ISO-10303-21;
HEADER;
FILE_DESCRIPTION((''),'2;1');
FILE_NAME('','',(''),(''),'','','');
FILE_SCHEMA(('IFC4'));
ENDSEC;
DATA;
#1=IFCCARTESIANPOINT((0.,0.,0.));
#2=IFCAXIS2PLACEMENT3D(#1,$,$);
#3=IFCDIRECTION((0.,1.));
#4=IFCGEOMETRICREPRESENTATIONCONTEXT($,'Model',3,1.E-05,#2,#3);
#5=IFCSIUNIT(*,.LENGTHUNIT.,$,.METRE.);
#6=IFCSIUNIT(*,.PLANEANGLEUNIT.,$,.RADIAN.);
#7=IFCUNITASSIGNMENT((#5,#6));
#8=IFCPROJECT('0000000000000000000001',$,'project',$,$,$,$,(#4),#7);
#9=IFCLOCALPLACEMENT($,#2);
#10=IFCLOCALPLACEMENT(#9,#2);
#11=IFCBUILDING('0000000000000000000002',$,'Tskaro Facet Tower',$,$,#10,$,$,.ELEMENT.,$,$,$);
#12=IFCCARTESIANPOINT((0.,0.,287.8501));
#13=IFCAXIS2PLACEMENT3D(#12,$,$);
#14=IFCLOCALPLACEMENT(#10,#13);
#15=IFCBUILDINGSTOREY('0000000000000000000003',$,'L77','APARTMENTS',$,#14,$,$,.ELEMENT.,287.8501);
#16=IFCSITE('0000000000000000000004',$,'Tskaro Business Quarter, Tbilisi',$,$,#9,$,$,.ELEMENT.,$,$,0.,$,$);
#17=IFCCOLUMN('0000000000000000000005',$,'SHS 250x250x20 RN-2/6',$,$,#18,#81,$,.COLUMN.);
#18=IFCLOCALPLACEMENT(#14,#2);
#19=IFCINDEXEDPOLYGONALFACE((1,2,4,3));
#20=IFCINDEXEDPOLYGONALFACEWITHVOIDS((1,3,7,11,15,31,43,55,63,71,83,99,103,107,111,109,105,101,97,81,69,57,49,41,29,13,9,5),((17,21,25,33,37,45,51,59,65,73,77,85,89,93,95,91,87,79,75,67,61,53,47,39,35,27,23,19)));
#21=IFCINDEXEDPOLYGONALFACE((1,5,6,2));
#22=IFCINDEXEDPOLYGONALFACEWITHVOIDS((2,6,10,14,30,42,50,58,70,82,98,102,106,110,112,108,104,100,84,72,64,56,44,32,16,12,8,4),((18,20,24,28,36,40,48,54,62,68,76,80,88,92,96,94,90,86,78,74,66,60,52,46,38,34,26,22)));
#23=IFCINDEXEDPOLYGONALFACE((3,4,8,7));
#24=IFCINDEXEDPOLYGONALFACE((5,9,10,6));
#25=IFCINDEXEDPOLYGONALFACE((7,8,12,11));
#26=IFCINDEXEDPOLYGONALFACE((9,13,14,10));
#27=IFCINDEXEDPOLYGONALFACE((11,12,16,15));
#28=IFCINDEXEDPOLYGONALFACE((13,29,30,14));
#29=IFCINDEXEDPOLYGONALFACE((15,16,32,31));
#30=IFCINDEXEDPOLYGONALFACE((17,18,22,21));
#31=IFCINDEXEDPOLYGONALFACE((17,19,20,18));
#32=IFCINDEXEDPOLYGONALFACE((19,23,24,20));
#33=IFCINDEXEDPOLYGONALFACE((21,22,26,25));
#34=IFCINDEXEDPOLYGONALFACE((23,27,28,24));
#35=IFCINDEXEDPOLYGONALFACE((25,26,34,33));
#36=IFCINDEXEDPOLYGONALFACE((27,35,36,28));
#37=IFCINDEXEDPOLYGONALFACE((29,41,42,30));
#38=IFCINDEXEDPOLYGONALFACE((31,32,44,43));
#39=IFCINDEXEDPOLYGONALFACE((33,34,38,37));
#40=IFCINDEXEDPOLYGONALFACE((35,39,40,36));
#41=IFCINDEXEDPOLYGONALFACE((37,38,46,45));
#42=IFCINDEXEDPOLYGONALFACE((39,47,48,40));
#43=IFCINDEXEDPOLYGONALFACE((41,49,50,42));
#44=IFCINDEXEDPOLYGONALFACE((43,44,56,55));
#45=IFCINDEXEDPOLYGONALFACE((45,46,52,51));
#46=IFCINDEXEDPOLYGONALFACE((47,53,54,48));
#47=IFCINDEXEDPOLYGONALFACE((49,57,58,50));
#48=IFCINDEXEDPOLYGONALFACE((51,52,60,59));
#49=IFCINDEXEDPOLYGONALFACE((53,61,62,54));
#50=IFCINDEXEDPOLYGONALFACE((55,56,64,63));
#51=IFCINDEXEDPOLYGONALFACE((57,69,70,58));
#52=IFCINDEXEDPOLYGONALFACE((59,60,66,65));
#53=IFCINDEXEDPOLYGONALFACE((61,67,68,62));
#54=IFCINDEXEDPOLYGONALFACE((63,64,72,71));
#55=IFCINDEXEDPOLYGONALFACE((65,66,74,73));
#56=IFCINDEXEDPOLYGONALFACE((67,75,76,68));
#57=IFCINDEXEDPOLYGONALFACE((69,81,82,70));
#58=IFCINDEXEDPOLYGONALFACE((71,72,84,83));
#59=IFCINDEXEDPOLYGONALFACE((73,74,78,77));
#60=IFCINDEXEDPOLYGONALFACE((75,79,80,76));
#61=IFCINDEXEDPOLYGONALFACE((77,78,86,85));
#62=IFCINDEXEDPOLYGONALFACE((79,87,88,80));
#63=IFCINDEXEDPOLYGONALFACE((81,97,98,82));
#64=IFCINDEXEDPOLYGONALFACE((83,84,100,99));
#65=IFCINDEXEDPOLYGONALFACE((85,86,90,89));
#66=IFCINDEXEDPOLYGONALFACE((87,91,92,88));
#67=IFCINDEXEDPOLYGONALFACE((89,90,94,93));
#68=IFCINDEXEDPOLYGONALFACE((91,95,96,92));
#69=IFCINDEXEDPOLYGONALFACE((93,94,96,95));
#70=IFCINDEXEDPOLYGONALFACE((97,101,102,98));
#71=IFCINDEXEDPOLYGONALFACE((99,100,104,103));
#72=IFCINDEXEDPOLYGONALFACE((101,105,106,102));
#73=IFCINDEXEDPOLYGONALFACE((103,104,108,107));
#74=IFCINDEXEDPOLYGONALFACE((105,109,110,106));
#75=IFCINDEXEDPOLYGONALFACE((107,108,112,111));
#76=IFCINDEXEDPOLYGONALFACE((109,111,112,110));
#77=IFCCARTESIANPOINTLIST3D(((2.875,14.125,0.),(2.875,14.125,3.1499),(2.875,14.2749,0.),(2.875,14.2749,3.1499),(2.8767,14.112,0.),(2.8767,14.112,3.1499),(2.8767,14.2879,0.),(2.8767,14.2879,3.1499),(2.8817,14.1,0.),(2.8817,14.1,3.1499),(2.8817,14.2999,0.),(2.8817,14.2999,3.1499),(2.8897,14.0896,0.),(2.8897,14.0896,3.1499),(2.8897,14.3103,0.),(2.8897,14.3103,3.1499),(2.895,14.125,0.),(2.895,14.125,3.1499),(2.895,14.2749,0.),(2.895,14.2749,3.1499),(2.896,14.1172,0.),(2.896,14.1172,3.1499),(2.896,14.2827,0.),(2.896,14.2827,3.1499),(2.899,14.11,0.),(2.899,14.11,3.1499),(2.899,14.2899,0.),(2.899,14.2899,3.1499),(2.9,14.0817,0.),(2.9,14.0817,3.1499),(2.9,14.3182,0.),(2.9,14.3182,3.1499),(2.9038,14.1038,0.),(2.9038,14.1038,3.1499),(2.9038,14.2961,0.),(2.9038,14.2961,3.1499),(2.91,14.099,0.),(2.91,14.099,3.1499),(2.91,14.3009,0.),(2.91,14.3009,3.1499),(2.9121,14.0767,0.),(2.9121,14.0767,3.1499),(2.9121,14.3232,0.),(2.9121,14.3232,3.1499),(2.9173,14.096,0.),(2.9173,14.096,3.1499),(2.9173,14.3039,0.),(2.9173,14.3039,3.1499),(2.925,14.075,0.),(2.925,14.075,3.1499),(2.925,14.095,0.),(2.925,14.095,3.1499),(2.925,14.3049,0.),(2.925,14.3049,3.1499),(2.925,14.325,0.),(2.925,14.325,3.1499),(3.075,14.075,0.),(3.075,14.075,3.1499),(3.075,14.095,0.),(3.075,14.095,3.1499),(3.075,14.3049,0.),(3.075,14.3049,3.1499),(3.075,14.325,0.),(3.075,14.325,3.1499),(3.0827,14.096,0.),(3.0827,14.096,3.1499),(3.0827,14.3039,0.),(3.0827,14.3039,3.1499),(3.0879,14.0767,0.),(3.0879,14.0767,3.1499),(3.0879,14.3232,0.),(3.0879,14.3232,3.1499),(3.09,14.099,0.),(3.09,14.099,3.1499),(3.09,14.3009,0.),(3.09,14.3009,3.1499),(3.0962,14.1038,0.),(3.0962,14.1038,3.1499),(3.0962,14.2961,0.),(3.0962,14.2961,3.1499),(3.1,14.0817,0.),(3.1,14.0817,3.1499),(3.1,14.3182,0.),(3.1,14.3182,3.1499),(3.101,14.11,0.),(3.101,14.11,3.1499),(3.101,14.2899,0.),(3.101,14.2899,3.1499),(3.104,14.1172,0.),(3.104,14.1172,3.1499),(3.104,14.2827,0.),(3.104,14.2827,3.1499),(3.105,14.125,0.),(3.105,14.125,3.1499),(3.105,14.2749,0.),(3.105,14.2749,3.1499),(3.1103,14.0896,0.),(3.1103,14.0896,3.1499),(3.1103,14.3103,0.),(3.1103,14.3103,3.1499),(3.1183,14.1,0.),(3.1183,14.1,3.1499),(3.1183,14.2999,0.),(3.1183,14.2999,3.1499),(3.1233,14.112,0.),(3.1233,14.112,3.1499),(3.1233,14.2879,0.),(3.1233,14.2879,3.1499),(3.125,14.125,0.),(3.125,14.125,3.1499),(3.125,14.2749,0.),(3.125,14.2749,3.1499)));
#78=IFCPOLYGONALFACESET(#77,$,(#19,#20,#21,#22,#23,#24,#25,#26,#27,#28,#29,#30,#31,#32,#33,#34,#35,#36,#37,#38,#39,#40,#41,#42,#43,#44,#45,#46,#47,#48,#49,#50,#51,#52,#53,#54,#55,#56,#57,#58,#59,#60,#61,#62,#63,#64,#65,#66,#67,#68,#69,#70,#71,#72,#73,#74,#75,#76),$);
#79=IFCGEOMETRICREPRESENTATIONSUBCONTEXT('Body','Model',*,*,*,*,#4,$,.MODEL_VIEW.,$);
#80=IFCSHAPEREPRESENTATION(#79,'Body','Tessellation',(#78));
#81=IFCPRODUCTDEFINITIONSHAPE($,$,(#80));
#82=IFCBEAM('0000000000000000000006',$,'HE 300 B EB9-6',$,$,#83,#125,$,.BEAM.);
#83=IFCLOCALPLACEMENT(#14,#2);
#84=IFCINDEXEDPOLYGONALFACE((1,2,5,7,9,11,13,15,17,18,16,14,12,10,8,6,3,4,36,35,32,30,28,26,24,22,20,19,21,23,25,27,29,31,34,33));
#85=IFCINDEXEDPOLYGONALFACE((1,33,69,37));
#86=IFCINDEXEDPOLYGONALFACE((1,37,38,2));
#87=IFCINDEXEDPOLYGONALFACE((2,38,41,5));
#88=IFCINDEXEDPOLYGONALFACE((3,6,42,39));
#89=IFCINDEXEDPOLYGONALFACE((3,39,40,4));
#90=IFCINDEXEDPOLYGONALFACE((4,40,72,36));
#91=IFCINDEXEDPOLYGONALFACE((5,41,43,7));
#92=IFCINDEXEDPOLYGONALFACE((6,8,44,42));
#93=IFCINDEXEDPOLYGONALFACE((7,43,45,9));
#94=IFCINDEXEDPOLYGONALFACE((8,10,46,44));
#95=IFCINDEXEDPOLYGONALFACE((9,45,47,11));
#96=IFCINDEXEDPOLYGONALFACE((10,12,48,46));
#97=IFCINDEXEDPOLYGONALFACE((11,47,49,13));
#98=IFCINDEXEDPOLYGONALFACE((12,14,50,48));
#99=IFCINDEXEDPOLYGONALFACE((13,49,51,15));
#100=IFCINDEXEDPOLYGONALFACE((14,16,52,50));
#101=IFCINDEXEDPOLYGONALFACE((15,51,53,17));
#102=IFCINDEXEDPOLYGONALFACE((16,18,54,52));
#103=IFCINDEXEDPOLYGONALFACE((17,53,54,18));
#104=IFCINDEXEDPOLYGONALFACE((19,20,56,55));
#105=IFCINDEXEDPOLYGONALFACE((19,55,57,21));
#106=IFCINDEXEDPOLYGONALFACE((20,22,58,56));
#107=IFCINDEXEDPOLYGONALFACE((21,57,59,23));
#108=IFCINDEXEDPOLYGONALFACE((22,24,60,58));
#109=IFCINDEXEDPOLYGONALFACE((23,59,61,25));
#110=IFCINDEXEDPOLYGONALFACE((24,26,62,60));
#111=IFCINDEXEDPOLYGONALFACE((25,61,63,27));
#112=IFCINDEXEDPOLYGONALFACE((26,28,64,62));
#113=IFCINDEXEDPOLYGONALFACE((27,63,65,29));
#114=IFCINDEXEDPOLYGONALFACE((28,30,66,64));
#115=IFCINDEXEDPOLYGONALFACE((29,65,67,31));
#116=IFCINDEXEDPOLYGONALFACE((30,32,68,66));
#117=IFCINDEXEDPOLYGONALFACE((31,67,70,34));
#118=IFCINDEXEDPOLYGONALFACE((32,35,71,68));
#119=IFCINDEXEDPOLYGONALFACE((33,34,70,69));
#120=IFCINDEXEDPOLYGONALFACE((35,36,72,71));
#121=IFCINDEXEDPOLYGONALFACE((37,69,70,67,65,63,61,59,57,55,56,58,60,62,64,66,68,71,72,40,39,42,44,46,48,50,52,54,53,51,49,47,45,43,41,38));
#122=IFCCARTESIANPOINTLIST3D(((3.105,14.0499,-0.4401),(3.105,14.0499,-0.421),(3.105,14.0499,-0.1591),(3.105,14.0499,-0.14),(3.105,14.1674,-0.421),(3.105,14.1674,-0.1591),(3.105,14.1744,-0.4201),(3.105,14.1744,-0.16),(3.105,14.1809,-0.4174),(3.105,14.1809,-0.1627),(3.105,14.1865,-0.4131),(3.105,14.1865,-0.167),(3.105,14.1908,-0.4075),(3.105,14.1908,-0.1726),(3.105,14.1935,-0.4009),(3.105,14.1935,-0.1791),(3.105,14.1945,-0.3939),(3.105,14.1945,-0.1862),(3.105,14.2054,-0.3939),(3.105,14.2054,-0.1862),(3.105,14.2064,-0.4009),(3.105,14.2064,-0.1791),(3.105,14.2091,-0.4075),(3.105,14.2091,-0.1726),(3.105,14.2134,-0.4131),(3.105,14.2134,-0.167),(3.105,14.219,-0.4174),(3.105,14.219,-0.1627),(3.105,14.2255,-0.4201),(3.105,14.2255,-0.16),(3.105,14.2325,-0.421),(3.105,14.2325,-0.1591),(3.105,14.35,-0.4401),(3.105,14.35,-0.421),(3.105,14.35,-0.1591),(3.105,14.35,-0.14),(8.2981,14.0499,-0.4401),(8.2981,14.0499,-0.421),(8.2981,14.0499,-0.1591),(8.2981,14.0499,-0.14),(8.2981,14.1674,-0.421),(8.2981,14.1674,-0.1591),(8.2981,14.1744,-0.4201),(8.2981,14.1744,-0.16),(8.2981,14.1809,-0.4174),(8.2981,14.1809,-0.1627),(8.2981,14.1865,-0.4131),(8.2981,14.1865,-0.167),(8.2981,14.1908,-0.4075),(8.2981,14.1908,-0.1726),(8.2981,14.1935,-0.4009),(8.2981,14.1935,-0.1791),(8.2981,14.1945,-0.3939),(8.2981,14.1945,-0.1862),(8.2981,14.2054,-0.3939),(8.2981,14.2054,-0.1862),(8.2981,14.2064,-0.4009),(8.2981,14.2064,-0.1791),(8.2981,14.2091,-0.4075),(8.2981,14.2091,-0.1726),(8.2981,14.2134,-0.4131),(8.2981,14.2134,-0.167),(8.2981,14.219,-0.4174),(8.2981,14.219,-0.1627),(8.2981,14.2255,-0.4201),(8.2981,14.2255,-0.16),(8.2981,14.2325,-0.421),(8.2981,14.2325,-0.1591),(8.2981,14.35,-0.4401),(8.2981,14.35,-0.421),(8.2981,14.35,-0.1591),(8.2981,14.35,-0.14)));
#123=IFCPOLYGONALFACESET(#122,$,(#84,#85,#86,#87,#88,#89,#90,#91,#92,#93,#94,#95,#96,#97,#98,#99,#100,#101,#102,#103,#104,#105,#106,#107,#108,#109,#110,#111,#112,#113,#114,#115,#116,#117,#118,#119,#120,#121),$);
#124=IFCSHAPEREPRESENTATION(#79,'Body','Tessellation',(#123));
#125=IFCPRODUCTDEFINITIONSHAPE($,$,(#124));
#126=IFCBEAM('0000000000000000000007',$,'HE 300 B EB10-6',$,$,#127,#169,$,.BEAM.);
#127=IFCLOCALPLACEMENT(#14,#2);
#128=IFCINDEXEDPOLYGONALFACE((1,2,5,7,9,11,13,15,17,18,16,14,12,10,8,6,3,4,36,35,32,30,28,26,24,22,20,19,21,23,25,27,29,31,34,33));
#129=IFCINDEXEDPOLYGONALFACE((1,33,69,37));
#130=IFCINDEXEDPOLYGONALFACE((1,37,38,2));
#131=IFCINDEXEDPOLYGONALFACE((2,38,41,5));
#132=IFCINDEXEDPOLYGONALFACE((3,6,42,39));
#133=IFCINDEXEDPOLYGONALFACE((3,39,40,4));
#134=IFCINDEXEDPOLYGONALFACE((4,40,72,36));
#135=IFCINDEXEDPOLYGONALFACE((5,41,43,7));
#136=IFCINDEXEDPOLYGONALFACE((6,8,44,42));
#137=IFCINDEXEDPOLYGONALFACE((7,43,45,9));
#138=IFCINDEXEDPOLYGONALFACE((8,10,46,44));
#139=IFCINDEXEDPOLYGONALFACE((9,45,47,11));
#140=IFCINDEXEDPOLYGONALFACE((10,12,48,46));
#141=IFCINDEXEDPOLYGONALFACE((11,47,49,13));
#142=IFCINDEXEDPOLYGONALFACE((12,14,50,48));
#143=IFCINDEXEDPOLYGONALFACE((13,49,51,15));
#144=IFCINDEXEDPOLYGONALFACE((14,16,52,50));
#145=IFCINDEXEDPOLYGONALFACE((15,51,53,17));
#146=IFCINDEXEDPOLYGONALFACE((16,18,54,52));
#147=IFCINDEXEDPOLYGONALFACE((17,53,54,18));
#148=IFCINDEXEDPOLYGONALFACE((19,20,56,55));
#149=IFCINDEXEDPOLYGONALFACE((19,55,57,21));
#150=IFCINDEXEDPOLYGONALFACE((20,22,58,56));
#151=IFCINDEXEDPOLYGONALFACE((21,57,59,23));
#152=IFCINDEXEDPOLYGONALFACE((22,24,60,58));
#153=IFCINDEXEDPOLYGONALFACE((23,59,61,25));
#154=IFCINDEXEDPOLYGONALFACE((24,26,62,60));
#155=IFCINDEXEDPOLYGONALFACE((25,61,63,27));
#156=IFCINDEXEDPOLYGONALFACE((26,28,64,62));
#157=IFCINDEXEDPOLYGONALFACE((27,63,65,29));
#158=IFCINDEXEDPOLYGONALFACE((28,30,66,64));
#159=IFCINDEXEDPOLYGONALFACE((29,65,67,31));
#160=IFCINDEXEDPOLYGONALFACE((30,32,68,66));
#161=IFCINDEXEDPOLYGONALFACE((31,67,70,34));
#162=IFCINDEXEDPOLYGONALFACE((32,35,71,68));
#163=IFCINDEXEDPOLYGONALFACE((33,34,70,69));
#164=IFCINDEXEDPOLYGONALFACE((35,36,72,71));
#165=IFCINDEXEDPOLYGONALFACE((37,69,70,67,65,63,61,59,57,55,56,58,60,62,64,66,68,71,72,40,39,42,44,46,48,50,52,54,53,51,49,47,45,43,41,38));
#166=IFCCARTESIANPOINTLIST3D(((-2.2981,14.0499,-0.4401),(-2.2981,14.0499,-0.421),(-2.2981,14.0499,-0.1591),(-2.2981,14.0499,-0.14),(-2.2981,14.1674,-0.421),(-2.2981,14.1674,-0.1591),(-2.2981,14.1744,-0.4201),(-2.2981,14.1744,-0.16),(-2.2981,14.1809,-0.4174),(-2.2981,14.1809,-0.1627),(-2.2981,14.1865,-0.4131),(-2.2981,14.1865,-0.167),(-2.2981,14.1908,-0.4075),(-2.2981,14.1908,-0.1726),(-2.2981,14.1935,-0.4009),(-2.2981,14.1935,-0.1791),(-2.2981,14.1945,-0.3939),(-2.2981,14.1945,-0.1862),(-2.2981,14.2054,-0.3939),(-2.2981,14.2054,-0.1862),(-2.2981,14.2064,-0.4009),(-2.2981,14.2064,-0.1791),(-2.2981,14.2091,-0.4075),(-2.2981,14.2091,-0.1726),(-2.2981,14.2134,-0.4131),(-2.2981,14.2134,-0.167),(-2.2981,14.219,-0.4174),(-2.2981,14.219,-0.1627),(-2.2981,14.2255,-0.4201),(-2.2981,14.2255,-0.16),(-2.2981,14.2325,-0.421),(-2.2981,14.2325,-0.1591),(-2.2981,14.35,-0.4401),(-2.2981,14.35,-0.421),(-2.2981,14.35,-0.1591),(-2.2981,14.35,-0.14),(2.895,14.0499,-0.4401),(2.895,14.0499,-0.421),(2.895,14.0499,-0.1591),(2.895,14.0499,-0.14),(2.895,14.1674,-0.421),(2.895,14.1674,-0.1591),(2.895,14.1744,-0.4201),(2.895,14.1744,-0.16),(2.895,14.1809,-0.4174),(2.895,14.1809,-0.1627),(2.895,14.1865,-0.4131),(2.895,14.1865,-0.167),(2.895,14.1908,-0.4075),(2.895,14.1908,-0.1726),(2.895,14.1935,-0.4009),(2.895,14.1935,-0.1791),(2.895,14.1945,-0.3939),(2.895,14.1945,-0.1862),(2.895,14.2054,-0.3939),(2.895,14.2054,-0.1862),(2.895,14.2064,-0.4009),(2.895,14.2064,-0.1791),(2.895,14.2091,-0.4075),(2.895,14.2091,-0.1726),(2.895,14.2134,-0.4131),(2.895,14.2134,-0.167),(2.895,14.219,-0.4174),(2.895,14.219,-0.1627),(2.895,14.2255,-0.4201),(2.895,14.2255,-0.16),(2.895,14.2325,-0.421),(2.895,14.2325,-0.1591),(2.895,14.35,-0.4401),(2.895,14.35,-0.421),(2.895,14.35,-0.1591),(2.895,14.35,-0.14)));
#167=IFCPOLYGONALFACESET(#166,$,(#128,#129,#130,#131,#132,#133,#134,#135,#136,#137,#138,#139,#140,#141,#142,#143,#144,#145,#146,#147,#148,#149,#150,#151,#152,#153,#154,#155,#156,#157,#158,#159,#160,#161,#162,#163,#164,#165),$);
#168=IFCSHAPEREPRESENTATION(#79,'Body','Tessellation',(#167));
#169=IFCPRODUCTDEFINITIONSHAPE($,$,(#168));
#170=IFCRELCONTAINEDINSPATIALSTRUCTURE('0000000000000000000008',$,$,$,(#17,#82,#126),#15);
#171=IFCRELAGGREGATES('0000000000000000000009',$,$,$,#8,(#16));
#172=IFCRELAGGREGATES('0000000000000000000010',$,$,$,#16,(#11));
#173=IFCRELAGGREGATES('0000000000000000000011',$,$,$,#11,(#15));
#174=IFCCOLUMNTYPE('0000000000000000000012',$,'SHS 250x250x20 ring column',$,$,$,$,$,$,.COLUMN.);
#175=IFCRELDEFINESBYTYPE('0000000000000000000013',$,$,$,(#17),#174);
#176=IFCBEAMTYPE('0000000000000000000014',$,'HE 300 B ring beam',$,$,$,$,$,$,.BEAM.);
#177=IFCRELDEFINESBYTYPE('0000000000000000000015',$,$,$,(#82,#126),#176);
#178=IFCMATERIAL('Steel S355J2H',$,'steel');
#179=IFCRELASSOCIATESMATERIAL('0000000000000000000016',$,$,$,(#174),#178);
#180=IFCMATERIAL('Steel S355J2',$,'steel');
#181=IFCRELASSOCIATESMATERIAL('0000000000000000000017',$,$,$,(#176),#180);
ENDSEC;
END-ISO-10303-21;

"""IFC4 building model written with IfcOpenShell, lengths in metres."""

from ifc_helpers import new_model, si_unit, direction, frame, origin, origin_2d, place, context, subcontext, project, spatial, hollow_rectangle, i_section, extrude, material, material_profile, profile_set, type_object, element, save


model = new_model("IFC4")

# Units and contexts
model_context = context("Model", 3, precision=1e-05, world=origin(), true_north=direction((0.0, 1.0)))
body_context = subcontext(model_context, "Body", "Model", "MODEL_VIEW")
ifc_project = project(units=[si_unit("LENGTHUNIT", "METRE"), si_unit("PLANEANGLEUNIT", "RADIAN")], contexts=[model_context])

# Site, building, storey
site_placement = place(None, origin())
site = spatial("IfcSite", under=ifc_project, at=site_placement, Name="Tskaro Business Quarter, Tbilisi", CompositionType="ELEMENT", RefElevation=0.0)
building_placement = place(site_placement, origin())
building = spatial("IfcBuilding", under=site, at=building_placement, Name="Tskaro Facet Tower", CompositionType="ELEMENT")
storey_placement = place(building_placement, frame((0.0, 0.0, 287.8501)))
storey = spatial("IfcBuildingStorey", under=building, at=storey_placement, Name="L77", Description="APARTMENTS", CompositionType="ELEMENT", Elevation=287.8501)

# Column
ifc_material_1 = material(Name="Steel S355J2H", Category="steel")
ifc_material_profile_1 = material_profile(ifc_material_1, hollow_rectangle(XDim=0.25, YDim=0.25, WallThickness=0.02, InnerFilletRadius=0.03, OuterFilletRadius=0.05, at=origin_2d()), Name="SHS 250x250x20")
ifc_profile_set_1 = profile_set([ifc_material_profile_1], Name="Steel S355J2H")
column_type = type_object("IfcColumnType", Name="SHS 250x250x20 ring column", PredefinedType="COLUMN", material=ifc_profile_set_1)
column_placement = place(storey_placement, frame((3.0, 14.2, 0.0), z_axis=(0.0, 0.0, 1.0), x_axis=(1.0, 0.0, 0.0)))
element("IfcColumn", 1, at=column_placement, inside=storey, type_object=column_type, Name="SHS 250x250x20 RN-2/6", PredefinedType="COLUMN", context=body_context, shape_type="SweptSolid", body=[
    extrude(hollow_rectangle(XDim=0.25, YDim=0.25, WallThickness=0.02, InnerFilletRadius=0.03, OuterFilletRadius=0.05, at=origin_2d()), origin(), (0.0, 0.0, 1.0), 3.1499),
])

# Beams
ifc_material_2 = material(Name="Steel S355J2", Category="steel")
ifc_material_profile_2 = material_profile(ifc_material_2, i_section(OverallWidth=0.3, OverallDepth=0.3, WebThickness=0.011, FlangeThickness=0.019, FilletRadius=0.0271, at=origin_2d()), Name="HE 300 B")
ifc_profile_set_2 = profile_set([ifc_material_profile_2], Name="Steel S355J2")
beam_type_1 = type_object("IfcBeamType", Name="HE 300 B ring beam", PredefinedType="BEAM", material=ifc_profile_set_2)
for number, where, z_axis, x_axis, name in (
    (2, (8.2981, 14.2, -0.29), (-1.0, 0.0, 0.0), (0.0, -1.0, 0.0), "HE 300 B EB9-6"),
    (3, (2.895, 14.2, -0.29), (-1.0, 0.0, 0.0), (0.0, -1.0, 0.0), "HE 300 B EB10-6"),
):
    element("IfcBeam", number, at=place(storey_placement, frame(where, z_axis=z_axis, x_axis=x_axis)), inside=storey, type_object=beam_type_1, Name=name, PredefinedType="BEAM", context=body_context, shape_type="SweptSolid", body=[
        extrude(i_section(OverallWidth=0.3, OverallDepth=0.3, WebThickness=0.011, FlangeThickness=0.019, FilletRadius=0.0271, at=origin_2d()), origin(), (0.0, 0.0, 1.0), 5.1931),
    ])

save(model, "model.ifc")
